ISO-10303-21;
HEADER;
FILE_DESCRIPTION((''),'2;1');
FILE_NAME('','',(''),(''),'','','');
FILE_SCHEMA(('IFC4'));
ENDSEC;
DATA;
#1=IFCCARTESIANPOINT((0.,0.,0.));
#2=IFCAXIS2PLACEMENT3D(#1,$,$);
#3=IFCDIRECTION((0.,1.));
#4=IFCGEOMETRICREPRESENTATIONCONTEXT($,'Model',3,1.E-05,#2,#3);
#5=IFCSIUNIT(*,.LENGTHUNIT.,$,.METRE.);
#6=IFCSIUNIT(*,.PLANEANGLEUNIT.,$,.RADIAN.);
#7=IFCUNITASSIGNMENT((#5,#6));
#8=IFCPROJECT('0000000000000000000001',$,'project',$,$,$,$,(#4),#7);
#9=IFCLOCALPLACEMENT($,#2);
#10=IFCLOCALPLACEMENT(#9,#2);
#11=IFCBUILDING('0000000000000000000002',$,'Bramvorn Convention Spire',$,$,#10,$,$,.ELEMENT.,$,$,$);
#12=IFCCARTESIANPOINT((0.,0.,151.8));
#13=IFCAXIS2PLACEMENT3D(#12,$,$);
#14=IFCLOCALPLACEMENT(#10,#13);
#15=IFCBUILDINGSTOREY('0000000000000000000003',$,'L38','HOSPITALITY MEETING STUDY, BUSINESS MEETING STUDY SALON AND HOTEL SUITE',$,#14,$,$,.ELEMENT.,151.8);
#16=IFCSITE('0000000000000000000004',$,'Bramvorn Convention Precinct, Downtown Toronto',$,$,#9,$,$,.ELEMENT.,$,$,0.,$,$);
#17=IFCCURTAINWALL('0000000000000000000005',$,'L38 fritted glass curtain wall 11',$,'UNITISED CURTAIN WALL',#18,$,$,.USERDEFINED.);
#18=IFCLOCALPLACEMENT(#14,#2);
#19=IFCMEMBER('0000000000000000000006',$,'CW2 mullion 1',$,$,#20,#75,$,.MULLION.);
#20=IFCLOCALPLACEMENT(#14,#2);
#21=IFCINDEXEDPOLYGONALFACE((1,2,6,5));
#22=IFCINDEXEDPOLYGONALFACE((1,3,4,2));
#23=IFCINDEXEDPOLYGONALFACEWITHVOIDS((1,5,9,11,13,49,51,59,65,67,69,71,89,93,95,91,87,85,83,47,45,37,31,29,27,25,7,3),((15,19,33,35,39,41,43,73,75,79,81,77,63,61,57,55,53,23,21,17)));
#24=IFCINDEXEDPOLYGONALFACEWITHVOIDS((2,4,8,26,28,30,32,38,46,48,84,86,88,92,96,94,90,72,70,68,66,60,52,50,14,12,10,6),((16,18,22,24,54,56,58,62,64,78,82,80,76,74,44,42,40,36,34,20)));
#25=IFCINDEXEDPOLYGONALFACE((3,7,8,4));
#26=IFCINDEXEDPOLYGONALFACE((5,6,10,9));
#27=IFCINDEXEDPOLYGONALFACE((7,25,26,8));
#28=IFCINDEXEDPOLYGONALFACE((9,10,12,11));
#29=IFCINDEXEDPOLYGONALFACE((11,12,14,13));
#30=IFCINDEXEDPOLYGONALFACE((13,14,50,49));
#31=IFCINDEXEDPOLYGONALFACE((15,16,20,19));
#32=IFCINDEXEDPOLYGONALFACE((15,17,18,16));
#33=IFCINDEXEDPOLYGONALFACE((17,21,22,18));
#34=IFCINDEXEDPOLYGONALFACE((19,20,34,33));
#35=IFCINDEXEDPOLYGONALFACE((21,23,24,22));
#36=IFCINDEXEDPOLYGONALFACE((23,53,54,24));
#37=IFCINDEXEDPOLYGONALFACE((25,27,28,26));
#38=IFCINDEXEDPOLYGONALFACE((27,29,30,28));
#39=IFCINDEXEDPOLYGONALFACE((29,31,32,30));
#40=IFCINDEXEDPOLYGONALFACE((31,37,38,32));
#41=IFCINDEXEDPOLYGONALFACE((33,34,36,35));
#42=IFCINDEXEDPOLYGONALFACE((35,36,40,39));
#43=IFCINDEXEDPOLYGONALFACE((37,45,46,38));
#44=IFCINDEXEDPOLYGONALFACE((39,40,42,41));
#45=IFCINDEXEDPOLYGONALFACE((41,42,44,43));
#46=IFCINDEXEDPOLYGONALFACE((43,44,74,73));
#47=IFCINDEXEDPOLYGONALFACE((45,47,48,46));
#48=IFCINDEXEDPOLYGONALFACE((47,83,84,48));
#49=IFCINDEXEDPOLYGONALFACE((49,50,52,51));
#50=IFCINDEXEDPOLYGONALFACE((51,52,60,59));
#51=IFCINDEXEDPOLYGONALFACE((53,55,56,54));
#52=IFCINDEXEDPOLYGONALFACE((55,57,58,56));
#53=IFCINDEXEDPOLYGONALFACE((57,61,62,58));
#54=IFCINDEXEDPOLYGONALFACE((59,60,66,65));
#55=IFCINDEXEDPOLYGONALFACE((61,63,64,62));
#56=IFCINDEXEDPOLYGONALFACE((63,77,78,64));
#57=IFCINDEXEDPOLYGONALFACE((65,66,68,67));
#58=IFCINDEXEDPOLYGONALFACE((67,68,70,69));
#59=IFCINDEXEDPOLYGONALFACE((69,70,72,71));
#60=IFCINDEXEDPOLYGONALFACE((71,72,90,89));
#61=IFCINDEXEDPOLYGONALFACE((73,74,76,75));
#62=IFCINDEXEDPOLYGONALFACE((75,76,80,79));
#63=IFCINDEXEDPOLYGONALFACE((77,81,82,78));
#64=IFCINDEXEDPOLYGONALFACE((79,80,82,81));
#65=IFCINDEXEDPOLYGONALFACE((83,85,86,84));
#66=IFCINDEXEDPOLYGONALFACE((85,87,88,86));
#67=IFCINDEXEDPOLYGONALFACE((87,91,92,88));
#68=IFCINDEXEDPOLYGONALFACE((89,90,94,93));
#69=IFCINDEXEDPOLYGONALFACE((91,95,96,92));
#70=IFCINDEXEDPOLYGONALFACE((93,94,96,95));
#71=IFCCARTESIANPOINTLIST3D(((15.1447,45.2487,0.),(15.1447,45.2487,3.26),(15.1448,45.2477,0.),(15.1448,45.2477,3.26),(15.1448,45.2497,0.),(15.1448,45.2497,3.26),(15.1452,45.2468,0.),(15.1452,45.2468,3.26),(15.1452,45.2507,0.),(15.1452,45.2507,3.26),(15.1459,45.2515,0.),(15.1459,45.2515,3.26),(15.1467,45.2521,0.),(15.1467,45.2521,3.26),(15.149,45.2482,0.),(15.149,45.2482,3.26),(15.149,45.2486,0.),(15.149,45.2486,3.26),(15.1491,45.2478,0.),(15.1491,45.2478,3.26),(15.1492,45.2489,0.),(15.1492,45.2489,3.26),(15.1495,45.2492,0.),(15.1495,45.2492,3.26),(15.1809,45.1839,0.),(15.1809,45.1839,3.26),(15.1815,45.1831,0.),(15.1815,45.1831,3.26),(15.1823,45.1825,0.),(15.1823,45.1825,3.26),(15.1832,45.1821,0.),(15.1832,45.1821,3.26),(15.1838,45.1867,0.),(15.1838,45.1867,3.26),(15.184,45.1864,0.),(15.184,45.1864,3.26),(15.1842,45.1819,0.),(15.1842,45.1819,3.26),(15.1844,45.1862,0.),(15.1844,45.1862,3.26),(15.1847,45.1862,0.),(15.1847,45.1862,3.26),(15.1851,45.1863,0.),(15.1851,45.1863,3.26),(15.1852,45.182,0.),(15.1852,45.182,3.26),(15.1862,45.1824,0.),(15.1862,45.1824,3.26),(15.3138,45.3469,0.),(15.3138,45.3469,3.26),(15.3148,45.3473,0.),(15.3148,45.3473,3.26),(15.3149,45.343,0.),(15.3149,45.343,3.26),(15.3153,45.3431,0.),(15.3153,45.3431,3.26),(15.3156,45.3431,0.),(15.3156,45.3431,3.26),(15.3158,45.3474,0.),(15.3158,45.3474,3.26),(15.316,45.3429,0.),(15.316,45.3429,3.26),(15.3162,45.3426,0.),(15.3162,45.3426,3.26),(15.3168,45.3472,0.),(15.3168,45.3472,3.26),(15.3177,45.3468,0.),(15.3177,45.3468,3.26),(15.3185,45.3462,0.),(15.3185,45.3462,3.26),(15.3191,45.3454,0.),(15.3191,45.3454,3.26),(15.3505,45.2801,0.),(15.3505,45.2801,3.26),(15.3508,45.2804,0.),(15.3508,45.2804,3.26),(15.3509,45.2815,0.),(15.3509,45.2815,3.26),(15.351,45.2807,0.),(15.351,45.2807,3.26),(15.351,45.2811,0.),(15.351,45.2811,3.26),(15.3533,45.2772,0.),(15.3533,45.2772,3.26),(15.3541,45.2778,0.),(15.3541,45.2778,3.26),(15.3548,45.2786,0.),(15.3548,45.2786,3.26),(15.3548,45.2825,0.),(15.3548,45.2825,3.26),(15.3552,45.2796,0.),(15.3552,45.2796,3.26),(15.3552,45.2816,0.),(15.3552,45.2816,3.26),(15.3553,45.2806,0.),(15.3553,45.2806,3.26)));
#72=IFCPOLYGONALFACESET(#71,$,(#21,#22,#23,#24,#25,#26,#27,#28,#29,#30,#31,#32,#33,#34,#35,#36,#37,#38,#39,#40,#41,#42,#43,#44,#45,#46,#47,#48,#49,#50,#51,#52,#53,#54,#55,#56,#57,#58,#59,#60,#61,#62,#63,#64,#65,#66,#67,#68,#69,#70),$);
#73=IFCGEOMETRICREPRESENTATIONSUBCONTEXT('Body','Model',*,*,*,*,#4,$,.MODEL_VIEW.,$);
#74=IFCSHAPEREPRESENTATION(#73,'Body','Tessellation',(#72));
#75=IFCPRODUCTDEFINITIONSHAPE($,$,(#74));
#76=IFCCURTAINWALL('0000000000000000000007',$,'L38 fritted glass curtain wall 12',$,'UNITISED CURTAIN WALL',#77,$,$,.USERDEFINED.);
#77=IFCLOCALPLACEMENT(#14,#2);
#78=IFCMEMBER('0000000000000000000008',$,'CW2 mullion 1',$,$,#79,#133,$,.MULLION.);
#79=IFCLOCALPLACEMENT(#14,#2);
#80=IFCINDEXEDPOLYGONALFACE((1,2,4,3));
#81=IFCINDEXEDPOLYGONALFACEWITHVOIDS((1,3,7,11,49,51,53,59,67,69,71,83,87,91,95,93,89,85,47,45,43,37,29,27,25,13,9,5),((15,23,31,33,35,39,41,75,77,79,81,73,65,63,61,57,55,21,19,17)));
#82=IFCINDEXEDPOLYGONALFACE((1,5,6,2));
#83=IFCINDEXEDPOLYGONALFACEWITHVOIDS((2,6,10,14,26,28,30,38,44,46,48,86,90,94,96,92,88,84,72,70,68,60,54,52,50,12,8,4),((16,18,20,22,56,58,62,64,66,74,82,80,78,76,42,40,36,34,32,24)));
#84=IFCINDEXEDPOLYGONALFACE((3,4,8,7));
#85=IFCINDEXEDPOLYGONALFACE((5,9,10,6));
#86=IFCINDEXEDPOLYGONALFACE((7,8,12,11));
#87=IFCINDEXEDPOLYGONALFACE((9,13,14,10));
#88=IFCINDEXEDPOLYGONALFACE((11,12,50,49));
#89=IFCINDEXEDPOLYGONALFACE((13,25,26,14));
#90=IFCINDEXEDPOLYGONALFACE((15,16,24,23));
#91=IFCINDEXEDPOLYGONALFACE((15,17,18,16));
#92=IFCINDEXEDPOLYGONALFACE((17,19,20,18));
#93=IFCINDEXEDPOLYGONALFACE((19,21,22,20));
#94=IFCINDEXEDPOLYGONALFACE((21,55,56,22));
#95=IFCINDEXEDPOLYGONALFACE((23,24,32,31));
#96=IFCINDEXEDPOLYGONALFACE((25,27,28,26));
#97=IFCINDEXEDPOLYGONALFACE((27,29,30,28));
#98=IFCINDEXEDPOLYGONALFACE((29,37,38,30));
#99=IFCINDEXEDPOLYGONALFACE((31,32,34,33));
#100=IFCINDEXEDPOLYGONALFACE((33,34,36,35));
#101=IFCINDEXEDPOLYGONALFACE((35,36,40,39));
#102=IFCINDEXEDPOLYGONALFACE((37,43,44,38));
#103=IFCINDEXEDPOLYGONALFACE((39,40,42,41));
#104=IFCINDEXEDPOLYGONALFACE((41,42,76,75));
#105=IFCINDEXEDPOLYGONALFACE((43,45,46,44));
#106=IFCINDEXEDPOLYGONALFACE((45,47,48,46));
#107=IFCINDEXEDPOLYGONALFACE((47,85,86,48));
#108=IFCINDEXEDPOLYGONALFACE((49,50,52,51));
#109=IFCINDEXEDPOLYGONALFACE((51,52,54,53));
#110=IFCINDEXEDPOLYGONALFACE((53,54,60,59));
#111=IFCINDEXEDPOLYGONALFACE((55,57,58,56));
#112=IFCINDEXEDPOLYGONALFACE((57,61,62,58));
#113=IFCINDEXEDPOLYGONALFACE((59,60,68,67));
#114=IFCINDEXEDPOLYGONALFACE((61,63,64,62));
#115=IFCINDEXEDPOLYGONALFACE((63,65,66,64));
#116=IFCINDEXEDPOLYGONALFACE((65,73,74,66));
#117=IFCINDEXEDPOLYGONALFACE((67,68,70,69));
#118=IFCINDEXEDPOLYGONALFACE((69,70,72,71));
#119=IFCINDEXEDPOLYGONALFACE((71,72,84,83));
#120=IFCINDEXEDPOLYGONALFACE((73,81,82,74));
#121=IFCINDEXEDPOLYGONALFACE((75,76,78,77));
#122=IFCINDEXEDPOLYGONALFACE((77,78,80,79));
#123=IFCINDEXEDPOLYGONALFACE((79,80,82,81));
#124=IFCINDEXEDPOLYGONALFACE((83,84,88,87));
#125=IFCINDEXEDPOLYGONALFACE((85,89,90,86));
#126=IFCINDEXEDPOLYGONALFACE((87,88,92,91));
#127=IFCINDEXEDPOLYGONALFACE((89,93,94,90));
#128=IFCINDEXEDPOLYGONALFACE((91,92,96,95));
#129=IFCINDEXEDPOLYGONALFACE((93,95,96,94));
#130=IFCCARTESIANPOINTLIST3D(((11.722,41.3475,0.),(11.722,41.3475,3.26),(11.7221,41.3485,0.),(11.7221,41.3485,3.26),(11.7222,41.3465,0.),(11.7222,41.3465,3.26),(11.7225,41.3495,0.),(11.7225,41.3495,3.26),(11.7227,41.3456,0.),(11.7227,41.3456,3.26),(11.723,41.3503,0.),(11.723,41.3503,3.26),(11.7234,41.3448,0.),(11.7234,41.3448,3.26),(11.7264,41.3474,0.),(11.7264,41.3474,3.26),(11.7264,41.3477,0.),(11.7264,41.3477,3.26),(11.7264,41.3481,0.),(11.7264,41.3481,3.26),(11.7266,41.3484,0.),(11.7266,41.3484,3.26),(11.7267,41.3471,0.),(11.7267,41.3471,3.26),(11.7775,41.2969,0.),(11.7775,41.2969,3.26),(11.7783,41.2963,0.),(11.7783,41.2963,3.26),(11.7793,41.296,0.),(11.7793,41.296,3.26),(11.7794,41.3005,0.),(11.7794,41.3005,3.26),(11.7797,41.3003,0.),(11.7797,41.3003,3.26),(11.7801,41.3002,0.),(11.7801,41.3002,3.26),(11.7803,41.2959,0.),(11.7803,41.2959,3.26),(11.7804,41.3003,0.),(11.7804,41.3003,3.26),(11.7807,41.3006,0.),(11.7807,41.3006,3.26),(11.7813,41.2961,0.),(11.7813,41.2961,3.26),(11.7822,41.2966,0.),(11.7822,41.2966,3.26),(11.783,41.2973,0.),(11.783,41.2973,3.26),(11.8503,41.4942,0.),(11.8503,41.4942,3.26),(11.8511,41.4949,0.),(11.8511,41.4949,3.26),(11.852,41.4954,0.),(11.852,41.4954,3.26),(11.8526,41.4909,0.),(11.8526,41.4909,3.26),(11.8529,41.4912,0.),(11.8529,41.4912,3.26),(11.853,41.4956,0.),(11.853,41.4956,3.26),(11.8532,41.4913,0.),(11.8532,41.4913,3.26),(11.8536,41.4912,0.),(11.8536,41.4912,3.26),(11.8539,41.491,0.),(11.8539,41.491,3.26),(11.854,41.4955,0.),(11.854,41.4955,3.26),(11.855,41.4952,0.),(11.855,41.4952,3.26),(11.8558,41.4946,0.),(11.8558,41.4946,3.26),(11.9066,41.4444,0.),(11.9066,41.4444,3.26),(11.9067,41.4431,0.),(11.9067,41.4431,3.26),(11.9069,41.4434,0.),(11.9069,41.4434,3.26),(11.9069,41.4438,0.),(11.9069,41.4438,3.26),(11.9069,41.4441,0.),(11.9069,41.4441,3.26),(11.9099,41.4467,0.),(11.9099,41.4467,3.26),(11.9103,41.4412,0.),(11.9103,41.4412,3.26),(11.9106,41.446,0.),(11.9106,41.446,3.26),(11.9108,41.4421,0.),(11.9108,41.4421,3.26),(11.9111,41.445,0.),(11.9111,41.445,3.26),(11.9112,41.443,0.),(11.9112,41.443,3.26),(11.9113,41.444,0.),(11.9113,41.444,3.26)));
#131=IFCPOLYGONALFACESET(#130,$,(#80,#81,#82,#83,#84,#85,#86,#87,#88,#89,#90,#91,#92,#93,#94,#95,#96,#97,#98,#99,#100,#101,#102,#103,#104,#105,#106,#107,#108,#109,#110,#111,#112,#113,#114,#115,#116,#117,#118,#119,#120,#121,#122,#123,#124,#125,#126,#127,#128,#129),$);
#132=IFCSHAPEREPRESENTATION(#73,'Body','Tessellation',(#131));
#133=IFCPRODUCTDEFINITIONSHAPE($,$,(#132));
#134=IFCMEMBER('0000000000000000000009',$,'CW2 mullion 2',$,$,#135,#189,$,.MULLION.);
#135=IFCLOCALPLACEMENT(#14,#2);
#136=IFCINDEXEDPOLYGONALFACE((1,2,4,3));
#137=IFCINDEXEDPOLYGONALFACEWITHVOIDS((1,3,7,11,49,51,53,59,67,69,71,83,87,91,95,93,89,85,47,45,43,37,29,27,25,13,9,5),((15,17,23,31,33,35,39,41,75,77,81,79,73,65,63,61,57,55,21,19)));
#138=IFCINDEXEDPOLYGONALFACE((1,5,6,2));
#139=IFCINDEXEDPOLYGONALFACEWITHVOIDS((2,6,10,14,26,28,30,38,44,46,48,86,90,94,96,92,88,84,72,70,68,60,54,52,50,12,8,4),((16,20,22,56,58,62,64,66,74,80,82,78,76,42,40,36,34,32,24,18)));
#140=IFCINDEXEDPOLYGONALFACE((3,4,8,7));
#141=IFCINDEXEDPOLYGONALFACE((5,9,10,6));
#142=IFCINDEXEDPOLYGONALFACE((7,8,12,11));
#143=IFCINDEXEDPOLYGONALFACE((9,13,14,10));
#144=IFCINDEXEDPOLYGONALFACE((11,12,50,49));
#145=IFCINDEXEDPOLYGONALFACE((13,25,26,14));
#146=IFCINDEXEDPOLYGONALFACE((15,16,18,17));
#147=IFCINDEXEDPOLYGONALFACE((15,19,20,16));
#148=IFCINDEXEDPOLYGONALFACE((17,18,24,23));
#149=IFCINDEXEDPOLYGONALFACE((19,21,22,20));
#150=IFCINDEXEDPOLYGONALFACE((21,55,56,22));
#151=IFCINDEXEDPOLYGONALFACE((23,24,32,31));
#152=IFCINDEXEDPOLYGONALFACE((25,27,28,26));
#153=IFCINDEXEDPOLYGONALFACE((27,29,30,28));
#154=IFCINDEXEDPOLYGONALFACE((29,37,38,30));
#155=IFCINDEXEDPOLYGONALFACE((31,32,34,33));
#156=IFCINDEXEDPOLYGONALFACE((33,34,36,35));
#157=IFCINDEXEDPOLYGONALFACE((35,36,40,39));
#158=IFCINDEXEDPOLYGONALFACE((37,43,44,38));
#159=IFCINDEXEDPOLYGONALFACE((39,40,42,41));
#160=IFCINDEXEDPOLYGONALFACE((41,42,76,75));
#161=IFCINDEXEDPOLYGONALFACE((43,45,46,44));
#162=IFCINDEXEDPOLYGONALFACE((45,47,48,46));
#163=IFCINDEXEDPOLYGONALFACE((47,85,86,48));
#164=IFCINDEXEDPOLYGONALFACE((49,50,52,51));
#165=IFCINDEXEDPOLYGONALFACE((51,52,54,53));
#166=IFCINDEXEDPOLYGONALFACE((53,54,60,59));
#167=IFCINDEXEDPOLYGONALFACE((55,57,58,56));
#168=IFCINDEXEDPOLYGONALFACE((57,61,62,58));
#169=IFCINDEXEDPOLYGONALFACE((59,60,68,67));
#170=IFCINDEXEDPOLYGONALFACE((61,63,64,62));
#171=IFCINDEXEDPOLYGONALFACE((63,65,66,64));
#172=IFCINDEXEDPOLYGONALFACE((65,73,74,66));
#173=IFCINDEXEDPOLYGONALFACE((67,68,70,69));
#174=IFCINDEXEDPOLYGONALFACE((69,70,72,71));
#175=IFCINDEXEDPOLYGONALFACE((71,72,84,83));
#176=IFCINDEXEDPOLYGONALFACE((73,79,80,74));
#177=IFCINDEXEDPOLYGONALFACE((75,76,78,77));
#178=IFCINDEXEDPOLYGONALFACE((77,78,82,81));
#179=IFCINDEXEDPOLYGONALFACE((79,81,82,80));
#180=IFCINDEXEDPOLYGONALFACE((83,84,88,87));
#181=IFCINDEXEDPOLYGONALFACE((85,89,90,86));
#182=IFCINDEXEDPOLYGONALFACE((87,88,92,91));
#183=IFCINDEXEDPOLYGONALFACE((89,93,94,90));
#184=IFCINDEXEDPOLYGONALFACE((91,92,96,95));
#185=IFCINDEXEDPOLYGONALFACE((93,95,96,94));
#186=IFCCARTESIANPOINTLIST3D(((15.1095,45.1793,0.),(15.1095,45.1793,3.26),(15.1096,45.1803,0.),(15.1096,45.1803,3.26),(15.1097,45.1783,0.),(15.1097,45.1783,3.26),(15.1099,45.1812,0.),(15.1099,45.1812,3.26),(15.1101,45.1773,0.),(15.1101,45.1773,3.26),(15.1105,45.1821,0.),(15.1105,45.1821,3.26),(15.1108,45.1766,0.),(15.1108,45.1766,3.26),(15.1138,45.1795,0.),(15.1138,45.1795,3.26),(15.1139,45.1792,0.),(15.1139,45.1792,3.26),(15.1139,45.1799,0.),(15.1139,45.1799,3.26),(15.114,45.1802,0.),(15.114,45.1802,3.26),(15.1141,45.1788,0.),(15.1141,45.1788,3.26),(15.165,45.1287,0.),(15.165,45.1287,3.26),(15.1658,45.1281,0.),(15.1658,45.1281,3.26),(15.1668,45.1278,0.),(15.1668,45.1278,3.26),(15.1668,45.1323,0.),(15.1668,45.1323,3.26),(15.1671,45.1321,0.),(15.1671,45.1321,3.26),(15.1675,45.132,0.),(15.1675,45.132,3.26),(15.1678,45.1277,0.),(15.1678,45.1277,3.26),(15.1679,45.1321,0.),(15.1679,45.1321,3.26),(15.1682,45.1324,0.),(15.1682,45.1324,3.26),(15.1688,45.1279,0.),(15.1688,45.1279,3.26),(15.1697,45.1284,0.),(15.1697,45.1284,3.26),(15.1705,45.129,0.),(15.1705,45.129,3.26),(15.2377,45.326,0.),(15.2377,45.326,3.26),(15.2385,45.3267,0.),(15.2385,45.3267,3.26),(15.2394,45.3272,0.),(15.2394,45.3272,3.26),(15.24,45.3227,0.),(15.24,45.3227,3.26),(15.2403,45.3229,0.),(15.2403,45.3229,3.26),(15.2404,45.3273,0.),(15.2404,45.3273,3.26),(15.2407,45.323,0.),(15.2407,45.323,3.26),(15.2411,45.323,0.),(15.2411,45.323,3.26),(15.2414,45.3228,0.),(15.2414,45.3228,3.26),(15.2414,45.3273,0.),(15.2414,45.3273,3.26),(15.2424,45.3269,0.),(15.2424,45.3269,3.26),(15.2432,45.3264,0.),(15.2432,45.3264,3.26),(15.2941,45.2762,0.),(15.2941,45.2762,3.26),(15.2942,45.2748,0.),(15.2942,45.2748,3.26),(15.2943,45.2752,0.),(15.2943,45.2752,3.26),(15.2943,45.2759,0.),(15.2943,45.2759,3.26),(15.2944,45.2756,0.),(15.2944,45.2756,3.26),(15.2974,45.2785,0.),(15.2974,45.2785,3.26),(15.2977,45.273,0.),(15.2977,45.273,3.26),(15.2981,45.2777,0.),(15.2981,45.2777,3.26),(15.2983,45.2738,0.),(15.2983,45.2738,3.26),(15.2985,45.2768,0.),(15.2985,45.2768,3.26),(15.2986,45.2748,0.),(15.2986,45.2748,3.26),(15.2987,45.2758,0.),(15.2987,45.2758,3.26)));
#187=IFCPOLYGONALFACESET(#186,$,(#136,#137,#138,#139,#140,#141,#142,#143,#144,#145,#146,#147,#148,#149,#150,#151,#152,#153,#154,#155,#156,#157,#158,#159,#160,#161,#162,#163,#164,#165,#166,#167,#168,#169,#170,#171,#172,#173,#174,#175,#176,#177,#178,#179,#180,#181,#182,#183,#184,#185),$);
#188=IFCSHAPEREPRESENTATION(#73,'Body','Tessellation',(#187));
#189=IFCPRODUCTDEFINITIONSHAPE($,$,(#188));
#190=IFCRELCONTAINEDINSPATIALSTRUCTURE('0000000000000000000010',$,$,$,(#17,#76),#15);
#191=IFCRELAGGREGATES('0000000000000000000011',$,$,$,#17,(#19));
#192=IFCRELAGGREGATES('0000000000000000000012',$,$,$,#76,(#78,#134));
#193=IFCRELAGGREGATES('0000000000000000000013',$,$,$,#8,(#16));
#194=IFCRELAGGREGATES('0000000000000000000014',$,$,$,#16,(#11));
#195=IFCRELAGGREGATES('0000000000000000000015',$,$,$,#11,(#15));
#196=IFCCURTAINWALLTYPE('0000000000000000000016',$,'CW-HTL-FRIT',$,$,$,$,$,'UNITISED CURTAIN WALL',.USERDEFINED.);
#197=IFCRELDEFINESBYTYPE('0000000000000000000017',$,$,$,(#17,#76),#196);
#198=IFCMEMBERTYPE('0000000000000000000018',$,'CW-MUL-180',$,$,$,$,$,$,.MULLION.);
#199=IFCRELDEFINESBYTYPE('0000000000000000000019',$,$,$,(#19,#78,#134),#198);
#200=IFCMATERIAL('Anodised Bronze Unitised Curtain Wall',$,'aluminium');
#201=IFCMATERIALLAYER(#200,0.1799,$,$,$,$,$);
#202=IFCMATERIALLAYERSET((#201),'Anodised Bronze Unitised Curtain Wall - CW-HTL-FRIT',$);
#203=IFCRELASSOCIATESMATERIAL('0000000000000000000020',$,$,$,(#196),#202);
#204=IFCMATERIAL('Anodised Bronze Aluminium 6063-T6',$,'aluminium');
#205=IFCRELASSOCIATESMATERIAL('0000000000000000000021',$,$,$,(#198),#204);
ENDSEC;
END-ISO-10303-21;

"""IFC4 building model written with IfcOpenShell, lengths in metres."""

from ifc_helpers import new_model, si_unit, direction, frame, origin, origin_2d, place, context, subcontext, project, spatial, hollow_rectangle, extrude, material, layer, layer_set, material_profile, profile_set, type_object, element, aggregate, save


model = new_model("IFC4")

# Units and contexts
model_context = context("Model", 3, precision=1e-05, world=origin(), true_north=direction((0.0, 1.0)))
body_context = subcontext(model_context, "Body", "Model", "MODEL_VIEW")
ifc_project = project(units=[si_unit("LENGTHUNIT", "METRE"), si_unit("PLANEANGLEUNIT", "RADIAN")], contexts=[model_context])

# Site, building, storey
site_placement = place(None, origin())
site = spatial("IfcSite", under=ifc_project, at=site_placement, Name="Bramvorn Convention Precinct, Downtown Toronto", CompositionType="ELEMENT", RefElevation=0.0)
building_placement = place(site_placement, origin())
building = spatial("IfcBuilding", under=site, at=building_placement, Name="Bramvorn Convention Spire", CompositionType="ELEMENT")
storey_placement = place(building_placement, frame((0.0, 0.0, 151.8)))
storey = spatial("IfcBuildingStorey", under=building, at=storey_placement, Name="L38", Description="HOSPITALITY MEETING STUDY, BUSINESS MEETING STUDY SALON AND HOTEL SUITE", CompositionType="ELEMENT", Elevation=151.8)

# Curtain wall, member
ifc_material_1 = material(Name="Anodised Bronze Unitised Curtain Wall", Category="aluminium")
ifc_layer_1 = layer(ifc_material_1, 0.1799)
ifc_layer_set_1 = layer_set([ifc_layer_1], Name="Anodised Bronze Unitised Curtain Wall - CW-HTL-FRIT")
curtain_wall_type = type_object("IfcCurtainWallType", Name="CW-HTL-FRIT", ElementType="UNITISED CURTAIN WALL", PredefinedType="USERDEFINED", material=ifc_layer_set_1)
curtain_wall_1_placement = place(storey_placement, origin())
curtain_wall_1 = element("IfcCurtainWall", 1, at=curtain_wall_1_placement, inside=storey, type_object=curtain_wall_type, Name="L38 fritted glass curtain wall 11", ObjectType="UNITISED CURTAIN WALL", PredefinedType="USERDEFINED")
ifc_material_2 = material(Name="Anodised Bronze Aluminium 6063-T6", Category="aluminium")
ifc_material_profile_1 = material_profile(ifc_material_2, hollow_rectangle(XDim=0.0801, YDim=0.2, WallThickness=0.0039, InnerFilletRadius=0.001, OuterFilletRadius=0.0039, at=origin_2d()))
ifc_profile_set_1 = profile_set([ifc_material_profile_1], Name="Anodised Bronze Aluminium 6063-T6 - CWM80X200")
member_type_1 = type_object("IfcMemberType", Name="CW-MUL-180", PredefinedType="MULLION", material=ifc_profile_set_1)
member_1_placement = place(storey_placement, frame((15.25, 45.2646, 0.0), z_axis=(0.0, 0.0, 1.0), x_axis=(-0.493303, 0.869858, 0.0)))
member_1 = element("IfcMember", 2, at=member_1_placement, type_object=member_type_1, Name="CW2 mullion 1", PredefinedType="MULLION", context=body_context, shape_type="SweptSolid", body=[
    extrude(hollow_rectangle(XDim=0.0801, YDim=0.2, WallThickness=0.0039, InnerFilletRadius=0.001, OuterFilletRadius=0.0039, at=origin_2d()), origin(), (0.0, 0.0, 1.0), 3.26),
])

# Curtain wall, members
curtain_wall_2_placement = place(storey_placement, origin())
curtain_wall_2 = element("IfcCurtainWall", 3, at=curtain_wall_2_placement, inside=storey, type_object=curtain_wall_type, Name="L38 fritted glass curtain wall 12", ObjectType="UNITISED CURTAIN WALL", PredefinedType="USERDEFINED")
member_2_placement = place(storey_placement, frame((11.8167, 41.3958, 0.0), z_axis=(0.0, 0.0, 1.0), x_axis=(-0.749198, 0.662346, 0.0)))
member_2 = element("IfcMember", 4, at=member_2_placement, type_object=member_type_1, Name="CW2 mullion 1", PredefinedType="MULLION", context=body_context, shape_type="SweptSolid", body=[
    extrude(hollow_rectangle(XDim=0.0801, YDim=0.2, WallThickness=0.0039, InnerFilletRadius=0.001, OuterFilletRadius=0.0039, at=origin_2d()), origin(), (0.0, 0.0, 1.0), 3.26),
])
member_3_placement = place(storey_placement, frame((15.2041, 45.2275, 0.0), z_axis=(0.0, 0.0, 1.0), x_axis=(-0.749198, 0.662346, 0.0)))
member_3 = element("IfcMember", 5, at=member_3_placement, type_object=member_type_1, Name="CW2 mullion 2", PredefinedType="MULLION", context=body_context, shape_type="SweptSolid", body=[
    extrude(hollow_rectangle(XDim=0.0801, YDim=0.2, WallThickness=0.0039, InnerFilletRadius=0.001, OuterFilletRadius=0.0039, at=origin_2d()), origin(), (0.0, 0.0, 1.0), 3.26),
])

aggregate(curtain_wall_1, [member_1])
aggregate(curtain_wall_2, [member_2, member_3])

save(model, "model.ifc")
